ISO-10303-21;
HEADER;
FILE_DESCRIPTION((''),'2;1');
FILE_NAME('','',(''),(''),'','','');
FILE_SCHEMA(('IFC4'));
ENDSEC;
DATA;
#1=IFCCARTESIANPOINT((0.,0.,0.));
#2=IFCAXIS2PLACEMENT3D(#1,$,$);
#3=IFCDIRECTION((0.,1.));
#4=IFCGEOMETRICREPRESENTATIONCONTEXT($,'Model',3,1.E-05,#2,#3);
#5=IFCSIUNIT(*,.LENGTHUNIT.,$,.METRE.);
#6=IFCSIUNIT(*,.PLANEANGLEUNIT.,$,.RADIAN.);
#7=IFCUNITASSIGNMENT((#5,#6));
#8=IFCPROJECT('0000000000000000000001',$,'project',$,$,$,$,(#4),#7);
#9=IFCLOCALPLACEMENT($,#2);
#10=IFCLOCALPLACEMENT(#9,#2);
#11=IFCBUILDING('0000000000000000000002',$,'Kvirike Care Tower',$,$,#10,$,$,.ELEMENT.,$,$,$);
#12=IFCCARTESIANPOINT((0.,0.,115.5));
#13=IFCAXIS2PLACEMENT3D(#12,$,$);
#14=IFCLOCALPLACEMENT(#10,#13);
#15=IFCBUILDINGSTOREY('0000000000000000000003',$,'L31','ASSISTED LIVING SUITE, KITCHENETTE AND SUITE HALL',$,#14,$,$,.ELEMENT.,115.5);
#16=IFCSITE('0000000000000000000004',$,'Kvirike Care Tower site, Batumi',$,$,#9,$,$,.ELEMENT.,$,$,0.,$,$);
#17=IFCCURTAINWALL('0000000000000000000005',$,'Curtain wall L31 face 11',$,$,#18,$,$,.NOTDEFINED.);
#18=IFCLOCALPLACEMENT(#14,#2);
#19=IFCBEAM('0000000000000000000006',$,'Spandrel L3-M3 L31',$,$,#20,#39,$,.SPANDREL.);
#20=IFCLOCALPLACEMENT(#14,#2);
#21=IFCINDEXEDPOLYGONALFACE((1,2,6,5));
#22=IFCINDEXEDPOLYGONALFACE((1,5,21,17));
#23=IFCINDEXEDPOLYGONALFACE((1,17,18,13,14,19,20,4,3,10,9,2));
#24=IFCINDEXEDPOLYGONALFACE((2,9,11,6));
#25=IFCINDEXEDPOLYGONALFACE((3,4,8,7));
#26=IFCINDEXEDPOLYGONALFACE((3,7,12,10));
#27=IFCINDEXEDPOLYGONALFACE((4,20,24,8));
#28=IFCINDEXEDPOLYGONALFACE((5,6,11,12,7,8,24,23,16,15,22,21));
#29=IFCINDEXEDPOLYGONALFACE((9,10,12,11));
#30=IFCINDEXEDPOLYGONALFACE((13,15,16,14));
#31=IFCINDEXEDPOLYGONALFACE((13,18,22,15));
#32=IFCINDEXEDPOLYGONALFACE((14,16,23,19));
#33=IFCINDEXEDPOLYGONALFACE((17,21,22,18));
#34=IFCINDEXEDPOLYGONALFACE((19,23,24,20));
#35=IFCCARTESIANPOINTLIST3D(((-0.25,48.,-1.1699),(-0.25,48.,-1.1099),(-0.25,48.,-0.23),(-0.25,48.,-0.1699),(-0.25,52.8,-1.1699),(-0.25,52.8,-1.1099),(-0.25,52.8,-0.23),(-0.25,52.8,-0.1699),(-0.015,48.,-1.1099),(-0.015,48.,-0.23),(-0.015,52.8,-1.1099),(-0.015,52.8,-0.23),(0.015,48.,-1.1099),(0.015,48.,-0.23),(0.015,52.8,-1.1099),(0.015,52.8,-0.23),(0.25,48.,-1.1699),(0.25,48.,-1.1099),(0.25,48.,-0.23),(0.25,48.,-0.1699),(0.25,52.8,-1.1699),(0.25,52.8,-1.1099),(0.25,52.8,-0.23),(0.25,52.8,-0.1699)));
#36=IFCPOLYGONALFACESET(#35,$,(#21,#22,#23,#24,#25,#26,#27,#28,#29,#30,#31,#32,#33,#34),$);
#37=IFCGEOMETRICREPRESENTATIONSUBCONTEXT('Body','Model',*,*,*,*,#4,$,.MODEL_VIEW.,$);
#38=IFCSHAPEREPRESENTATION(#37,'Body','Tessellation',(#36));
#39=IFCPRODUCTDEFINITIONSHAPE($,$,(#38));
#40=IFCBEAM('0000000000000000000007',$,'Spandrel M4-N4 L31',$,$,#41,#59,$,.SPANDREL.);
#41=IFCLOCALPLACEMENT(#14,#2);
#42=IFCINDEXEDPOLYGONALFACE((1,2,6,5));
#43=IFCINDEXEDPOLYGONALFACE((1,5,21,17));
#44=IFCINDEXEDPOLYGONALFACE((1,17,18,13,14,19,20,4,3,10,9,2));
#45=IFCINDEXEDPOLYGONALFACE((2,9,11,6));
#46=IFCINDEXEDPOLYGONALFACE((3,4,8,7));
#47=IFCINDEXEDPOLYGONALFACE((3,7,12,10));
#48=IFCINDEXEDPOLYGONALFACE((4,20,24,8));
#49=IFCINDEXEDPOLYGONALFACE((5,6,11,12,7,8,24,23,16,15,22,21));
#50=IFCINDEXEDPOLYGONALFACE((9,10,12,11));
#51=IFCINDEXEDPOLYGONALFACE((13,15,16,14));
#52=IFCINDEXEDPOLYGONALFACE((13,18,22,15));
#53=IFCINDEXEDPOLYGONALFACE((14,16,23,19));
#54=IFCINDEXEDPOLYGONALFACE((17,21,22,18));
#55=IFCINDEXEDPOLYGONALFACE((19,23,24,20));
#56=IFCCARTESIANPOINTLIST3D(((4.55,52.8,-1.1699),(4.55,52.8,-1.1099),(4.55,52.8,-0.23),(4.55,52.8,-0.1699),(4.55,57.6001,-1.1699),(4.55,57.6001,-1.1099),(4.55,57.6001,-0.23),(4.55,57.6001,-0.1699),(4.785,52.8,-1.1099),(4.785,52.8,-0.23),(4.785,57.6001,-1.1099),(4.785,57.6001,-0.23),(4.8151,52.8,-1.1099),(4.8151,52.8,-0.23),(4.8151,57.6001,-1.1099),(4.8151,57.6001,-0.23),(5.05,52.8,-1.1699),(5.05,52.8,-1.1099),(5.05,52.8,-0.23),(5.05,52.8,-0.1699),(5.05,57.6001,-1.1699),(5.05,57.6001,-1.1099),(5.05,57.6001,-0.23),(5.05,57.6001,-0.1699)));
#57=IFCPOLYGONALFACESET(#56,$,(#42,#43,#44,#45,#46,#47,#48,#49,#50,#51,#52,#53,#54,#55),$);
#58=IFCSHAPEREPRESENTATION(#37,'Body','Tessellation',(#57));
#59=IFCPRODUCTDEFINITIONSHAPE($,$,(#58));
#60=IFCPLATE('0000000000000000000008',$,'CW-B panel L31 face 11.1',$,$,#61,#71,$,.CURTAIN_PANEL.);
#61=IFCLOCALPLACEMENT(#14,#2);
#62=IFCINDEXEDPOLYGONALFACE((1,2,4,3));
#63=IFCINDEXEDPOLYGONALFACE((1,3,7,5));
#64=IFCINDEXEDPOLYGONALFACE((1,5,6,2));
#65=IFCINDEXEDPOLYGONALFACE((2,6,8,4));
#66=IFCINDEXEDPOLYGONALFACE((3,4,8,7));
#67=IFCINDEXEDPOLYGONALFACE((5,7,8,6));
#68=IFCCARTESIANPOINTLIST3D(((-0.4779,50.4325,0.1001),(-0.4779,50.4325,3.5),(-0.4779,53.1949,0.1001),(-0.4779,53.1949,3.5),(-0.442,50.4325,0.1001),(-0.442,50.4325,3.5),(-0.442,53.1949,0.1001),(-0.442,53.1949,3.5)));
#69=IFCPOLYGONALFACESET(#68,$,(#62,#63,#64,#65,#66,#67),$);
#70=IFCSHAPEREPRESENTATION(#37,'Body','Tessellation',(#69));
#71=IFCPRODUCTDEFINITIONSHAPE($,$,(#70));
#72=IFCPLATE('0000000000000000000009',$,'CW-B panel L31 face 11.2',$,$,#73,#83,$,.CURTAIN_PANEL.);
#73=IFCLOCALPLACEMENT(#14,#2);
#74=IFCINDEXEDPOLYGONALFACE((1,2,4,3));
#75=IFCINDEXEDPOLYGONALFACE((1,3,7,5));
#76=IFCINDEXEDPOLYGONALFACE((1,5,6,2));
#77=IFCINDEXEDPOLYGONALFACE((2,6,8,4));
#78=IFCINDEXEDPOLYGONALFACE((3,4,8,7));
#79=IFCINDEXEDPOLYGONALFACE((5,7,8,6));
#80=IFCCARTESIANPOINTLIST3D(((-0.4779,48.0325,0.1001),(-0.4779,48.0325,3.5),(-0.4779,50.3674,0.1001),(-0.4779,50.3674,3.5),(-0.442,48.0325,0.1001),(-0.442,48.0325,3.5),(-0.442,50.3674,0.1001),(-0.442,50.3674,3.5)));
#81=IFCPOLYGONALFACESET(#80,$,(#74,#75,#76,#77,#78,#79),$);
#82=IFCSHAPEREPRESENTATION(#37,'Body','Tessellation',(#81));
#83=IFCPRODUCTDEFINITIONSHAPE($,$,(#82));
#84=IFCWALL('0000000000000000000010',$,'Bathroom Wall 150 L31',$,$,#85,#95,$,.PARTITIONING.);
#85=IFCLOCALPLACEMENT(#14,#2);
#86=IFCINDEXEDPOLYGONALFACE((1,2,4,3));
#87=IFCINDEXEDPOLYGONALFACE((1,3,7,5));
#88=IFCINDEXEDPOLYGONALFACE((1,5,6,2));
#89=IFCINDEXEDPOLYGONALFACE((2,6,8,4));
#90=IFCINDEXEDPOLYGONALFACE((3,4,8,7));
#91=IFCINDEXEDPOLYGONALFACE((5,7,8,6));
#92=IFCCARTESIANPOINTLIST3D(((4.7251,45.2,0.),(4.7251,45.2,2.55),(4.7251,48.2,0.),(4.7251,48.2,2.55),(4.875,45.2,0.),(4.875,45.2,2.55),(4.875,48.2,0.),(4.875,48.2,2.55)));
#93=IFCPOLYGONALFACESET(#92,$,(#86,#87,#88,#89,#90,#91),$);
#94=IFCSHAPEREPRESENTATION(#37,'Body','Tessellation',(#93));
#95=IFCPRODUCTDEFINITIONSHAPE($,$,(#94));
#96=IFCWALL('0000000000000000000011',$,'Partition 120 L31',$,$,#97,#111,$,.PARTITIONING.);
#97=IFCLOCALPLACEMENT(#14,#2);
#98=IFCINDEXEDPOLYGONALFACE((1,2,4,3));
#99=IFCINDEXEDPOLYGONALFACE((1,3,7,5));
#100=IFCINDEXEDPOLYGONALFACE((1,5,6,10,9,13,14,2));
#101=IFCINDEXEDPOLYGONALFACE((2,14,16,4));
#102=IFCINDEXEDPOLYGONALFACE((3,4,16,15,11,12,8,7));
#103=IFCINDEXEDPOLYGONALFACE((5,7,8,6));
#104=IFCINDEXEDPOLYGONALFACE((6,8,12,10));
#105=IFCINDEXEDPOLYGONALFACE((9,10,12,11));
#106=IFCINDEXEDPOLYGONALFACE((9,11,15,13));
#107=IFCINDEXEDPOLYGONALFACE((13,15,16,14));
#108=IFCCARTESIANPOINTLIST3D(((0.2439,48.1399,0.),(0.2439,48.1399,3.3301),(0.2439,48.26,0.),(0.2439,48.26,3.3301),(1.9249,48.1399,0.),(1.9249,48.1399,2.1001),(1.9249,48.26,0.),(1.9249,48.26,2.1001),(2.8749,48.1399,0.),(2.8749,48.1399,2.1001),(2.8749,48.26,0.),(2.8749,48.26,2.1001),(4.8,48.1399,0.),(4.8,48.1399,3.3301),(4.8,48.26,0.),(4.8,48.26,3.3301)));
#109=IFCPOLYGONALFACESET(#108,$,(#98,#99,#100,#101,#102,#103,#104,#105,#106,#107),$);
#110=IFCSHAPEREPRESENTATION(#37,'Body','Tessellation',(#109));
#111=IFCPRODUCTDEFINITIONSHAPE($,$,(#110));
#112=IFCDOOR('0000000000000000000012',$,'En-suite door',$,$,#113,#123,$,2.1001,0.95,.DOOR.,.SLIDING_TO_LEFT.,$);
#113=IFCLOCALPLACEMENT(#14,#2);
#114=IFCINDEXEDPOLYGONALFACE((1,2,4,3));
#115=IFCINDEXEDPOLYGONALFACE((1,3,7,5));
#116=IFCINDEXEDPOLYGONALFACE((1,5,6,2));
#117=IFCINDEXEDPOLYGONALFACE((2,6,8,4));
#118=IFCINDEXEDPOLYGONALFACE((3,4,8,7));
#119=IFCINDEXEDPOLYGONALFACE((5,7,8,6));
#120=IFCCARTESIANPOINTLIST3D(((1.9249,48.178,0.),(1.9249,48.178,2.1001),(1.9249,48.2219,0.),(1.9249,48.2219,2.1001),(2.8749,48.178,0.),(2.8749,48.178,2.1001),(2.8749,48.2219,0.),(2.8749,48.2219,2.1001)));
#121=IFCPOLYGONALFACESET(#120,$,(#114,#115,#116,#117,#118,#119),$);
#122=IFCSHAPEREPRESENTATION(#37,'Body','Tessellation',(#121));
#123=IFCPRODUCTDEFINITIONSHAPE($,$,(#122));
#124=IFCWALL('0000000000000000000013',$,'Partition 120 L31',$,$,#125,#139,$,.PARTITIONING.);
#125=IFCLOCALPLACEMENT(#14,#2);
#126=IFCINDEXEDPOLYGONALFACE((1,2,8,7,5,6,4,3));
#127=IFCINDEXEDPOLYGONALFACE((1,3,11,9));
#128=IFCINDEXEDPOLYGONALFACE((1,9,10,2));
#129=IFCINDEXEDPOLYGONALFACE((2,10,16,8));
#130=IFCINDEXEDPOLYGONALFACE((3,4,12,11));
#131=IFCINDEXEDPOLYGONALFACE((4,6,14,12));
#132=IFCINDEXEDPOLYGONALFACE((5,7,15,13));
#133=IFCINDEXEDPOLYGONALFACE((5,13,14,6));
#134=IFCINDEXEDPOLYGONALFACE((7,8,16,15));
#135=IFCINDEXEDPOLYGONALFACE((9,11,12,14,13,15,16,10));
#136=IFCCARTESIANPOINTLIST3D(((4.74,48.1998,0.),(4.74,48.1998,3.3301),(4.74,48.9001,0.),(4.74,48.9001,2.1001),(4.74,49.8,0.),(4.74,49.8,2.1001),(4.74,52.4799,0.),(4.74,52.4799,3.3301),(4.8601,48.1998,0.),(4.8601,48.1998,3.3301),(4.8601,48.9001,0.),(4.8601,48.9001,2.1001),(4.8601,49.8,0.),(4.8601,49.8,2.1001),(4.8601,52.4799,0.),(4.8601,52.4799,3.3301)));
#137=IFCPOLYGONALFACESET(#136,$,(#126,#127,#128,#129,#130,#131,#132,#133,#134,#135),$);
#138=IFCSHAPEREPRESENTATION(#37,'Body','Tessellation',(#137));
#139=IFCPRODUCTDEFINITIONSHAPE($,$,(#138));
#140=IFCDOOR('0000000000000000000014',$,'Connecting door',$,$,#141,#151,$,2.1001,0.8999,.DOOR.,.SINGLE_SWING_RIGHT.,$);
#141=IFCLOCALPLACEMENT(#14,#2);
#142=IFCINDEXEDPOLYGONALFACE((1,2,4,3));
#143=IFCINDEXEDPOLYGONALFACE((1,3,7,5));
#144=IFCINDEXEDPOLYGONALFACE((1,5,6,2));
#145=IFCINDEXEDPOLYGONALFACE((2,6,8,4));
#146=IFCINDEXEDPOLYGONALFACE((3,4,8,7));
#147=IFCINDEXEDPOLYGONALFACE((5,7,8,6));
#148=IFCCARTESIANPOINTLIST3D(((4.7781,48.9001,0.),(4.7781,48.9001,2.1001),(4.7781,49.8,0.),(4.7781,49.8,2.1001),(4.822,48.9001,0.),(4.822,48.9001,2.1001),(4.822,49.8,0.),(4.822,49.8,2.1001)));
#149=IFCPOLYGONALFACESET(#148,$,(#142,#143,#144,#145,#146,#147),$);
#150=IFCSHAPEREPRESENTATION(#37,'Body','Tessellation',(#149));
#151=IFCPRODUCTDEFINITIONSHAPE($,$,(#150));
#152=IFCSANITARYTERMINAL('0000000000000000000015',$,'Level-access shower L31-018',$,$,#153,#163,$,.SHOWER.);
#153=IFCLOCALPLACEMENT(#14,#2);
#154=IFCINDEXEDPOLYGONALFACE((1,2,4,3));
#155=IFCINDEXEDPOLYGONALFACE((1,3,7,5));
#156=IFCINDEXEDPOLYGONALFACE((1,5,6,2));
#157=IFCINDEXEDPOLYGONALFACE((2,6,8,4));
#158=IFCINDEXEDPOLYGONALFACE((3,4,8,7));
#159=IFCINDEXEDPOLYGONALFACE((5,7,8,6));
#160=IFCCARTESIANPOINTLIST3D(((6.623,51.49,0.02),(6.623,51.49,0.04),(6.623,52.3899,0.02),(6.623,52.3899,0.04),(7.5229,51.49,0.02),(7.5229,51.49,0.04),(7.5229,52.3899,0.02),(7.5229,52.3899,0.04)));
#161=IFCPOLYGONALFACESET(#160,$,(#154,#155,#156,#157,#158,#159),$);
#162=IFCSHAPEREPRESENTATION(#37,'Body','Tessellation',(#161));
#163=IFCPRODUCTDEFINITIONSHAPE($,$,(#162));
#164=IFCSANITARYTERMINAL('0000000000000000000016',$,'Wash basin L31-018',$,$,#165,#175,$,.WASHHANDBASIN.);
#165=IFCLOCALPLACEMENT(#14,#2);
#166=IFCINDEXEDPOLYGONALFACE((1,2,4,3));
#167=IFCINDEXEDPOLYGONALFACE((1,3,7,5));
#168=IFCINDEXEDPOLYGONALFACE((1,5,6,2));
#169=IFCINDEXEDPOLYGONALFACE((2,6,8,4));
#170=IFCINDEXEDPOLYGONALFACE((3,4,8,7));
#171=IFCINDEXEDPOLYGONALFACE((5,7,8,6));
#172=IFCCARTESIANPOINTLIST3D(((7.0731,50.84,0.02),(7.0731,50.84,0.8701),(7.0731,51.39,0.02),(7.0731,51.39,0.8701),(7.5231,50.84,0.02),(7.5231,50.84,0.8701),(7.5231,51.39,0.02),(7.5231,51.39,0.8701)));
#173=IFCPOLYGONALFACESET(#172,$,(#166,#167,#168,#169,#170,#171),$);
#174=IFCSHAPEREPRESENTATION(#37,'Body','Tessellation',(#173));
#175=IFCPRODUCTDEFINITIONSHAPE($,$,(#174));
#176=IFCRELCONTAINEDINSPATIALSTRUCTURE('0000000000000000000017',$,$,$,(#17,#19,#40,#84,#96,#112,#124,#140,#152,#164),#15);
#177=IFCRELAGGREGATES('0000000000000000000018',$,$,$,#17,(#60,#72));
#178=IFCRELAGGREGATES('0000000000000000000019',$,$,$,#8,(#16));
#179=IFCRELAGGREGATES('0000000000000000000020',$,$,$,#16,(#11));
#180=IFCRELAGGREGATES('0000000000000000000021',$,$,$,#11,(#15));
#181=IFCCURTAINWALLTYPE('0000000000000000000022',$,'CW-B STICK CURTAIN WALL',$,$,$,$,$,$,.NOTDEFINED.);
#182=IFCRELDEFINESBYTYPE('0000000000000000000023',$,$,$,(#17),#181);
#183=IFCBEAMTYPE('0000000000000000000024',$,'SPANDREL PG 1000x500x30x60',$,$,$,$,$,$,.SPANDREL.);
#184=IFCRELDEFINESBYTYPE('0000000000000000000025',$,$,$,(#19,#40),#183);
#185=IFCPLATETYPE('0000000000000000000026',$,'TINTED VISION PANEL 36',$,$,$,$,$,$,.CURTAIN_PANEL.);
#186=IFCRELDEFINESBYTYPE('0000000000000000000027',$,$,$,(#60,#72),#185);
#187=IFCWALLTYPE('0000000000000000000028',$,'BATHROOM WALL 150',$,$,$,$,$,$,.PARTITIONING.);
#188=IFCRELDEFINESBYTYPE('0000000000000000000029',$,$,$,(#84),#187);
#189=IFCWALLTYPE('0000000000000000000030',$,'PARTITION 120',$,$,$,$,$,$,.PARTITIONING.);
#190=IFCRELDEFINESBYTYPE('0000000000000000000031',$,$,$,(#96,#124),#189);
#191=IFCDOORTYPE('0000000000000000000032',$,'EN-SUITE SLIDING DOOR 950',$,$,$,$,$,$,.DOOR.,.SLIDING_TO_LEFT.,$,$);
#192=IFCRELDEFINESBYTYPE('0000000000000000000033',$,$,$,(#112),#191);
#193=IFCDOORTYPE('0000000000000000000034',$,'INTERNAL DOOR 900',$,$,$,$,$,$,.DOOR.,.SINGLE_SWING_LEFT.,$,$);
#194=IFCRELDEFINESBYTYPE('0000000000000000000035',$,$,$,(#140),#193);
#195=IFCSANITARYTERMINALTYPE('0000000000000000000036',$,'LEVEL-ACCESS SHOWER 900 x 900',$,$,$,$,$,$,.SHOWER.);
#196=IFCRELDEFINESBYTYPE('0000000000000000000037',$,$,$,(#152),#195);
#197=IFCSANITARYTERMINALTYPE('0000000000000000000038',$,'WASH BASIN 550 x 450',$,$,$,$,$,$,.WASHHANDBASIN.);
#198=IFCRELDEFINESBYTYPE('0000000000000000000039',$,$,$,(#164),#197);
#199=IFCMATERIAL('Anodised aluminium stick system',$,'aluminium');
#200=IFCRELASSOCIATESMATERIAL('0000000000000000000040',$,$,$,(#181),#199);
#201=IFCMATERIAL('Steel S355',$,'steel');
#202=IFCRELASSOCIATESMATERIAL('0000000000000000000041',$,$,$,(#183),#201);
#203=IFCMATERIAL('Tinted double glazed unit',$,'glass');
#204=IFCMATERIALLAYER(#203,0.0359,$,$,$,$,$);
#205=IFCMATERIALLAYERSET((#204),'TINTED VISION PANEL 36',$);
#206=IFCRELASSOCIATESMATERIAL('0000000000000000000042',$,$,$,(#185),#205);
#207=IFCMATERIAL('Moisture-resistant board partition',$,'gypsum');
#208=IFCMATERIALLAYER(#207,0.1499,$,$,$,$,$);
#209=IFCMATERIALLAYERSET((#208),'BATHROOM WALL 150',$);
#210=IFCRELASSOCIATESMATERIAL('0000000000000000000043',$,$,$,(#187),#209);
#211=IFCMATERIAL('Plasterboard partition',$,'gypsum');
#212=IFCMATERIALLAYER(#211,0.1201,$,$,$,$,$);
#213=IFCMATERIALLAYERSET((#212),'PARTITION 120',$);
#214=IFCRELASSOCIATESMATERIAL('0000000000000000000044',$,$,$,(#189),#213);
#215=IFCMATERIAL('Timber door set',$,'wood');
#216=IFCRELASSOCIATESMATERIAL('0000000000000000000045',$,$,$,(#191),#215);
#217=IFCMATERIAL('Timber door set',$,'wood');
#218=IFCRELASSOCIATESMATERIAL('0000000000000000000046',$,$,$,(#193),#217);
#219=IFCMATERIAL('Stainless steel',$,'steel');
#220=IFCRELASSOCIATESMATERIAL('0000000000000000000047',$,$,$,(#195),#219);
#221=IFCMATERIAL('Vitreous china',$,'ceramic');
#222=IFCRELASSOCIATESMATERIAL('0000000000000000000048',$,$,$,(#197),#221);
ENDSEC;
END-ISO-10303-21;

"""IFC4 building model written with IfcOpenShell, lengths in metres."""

from ifc_helpers import new_model, si_unit, direction, frame, frame_2d, origin, origin_2d, place, context, subcontext, project, spatial, rectangle, i_section, extrude, material, layer, layer_set, material_profile, profile_set, type_object, element, fill, aggregate, save


model = new_model("IFC4")

# Units and contexts
model_context = context("Model", 3, precision=1e-05, world=origin(), true_north=direction((0.0, 1.0)))
body_context = subcontext(model_context, "Body", "Model", "MODEL_VIEW")
ifc_project = project(units=[si_unit("LENGTHUNIT", "METRE"), si_unit("PLANEANGLEUNIT", "RADIAN")], contexts=[model_context])

# Site, building, storey
site_placement = place(None, origin())
site = spatial("IfcSite", under=ifc_project, at=site_placement, Name="Kvirike Care Tower site, Batumi", CompositionType="ELEMENT", RefElevation=0.0)
building_placement = place(site_placement, origin())
building = spatial("IfcBuilding", under=site, at=building_placement, Name="Kvirike Care Tower", CompositionType="ELEMENT")
storey_placement = place(building_placement, frame((0.0, 0.0, 115.5)))
storey = spatial("IfcBuildingStorey", under=building, at=storey_placement, Name="L31", Description="ASSISTED LIVING SUITE, KITCHENETTE AND SUITE HALL", CompositionType="ELEMENT", Elevation=115.5)

# Shared definitions
ifc_material_1 = material(Name="Anodised aluminium stick system", Category="aluminium")
curtain_wall_type = type_object("IfcCurtainWallType", Name="CW-B STICK CURTAIN WALL", PredefinedType="NOTDEFINED", material=ifc_material_1)

# Curtain wall
curtain_wall_1_placement = place(storey_placement, origin())
curtain_wall_1 = element("IfcCurtainWall", 1, at=curtain_wall_1_placement, inside=storey, type_object=curtain_wall_type, Name="Curtain wall L31 face 11", PredefinedType="NOTDEFINED")

# Beams
ifc_material_2 = material(Name="Steel S355", Category="steel")
ifc_material_profile_1 = material_profile(ifc_material_2, i_section(OverallWidth=0.5, OverallDepth=1.0, WebThickness=0.03, FlangeThickness=0.0601, at=origin_2d()), Name="PG 1000x500x30x60")
ifc_profile_set_1 = profile_set([ifc_material_profile_1], Name="Steel S355")
beam_type_1 = type_object("IfcBeamType", Name="SPANDREL PG 1000x500x30x60", PredefinedType="SPANDREL", material=ifc_profile_set_1)
for number, where, z_axis, x_axis, name in (
    (2, (0.0, 48.0, -0.6699), (0.0, 1.0, 0.0), (-1.0, 0.0, 0.0), "Spandrel L3-M3 L31"),
    (3, (4.8, 52.8, -0.6699), (0.0, 1.0, 0.0), (-1.0, 0.0, 0.0), "Spandrel M4-N4 L31"),
):
    element("IfcBeam", number, at=place(storey_placement, frame(where, z_axis=z_axis, x_axis=x_axis)), inside=storey, type_object=beam_type_1, Name=name, PredefinedType="SPANDREL", context=body_context, shape_type="SweptSolid", body=[
        extrude(i_section(OverallWidth=0.5, OverallDepth=1.0, WebThickness=0.03, FlangeThickness=0.0601, at=origin_2d()), origin(), (0.0, 0.0, 1.0), 4.8),
    ])

# Plates
ifc_material_3 = material(Name="Tinted double glazed unit", Category="glass")
ifc_layer_1 = layer(ifc_material_3, 0.0359)
ifc_layer_set_1 = layer_set([ifc_layer_1], Name="TINTED VISION PANEL 36")
plate_type = type_object("IfcPlateType", Name="TINTED VISION PANEL 36", PredefinedType="CURTAIN_PANEL", material=ifc_layer_set_1)
plate_1_placement = place(storey_placement, frame((-0.46, 51.8137, 0.1001), z_axis=(0.0, 0.0, 1.0), x_axis=(0.0, -1.0, 0.0)))
plate_1 = element("IfcPlate", 4, at=plate_1_placement, type_object=plate_type, Name="CW-B panel L31 face 11.1", PredefinedType="CURTAIN_PANEL", context=body_context, shape_type="SweptSolid", body=[
    extrude(rectangle(XDim=2.7625, YDim=0.0359, at=origin_2d()), origin(), (0.0, 0.0, 1.0), 3.3999),
])
plate_2_placement = place(storey_placement, frame((-0.46, 49.2, 0.1001), z_axis=(0.0, 0.0, 1.0), x_axis=(0.0, -1.0, 0.0)))
plate_2 = element("IfcPlate", 5, at=plate_2_placement, type_object=plate_type, Name="CW-B panel L31 face 11.2", PredefinedType="CURTAIN_PANEL", context=body_context, shape_type="SweptSolid", body=[
    extrude(rectangle(XDim=2.335, YDim=0.0359, at=origin_2d()), origin(), (0.0, 0.0, 1.0), 3.3999),
])
aggregate(curtain_wall_1, [plate_1, plate_2])

# Wall
ifc_material_4 = material(Name="Moisture-resistant board partition", Category="gypsum")
ifc_layer_2 = layer(ifc_material_4, 0.1499)
ifc_layer_set_2 = layer_set([ifc_layer_2], Name="BATHROOM WALL 150")
wall_type_1 = type_object("IfcWallType", Name="BATHROOM WALL 150", PredefinedType="PARTITIONING", material=ifc_layer_set_2)
wall_1_placement = place(storey_placement, frame((4.8, 48.2, 0.0), z_axis=(0.0, 0.0, 1.0), x_axis=(0.0, -1.0, 0.0)))
element("IfcWall", 6, at=wall_1_placement, inside=storey, type_object=wall_type_1, Name="Bathroom Wall 150 L31", PredefinedType="PARTITIONING", context=body_context, shape_type="SweptSolid", body=[
    extrude(rectangle(XDim=3.0, YDim=0.1499, at=frame_2d((1.5, 0.0))), origin(), (0.0, 0.0, 1.0), 2.55),
])

# Walls, openings, doors
ifc_material_5 = material(Name="Plasterboard partition", Category="gypsum")
ifc_layer_3 = layer(ifc_material_5, 0.1201)
ifc_layer_set_3 = layer_set([ifc_layer_3], Name="PARTITION 120")
wall_type_2 = type_object("IfcWallType", Name="PARTITION 120", PredefinedType="PARTITIONING", material=ifc_layer_set_3)
wall_2_placement = place(storey_placement, frame((4.8, 48.2, 0.0), z_axis=(0.0, 0.0, 1.0), x_axis=(-1.0, 0.0, 0.0)))
wall_2 = element("IfcWall", 7, at=wall_2_placement, inside=storey, type_object=wall_type_2, Name="Partition 120 L31", PredefinedType="PARTITIONING", context=body_context, shape_type="SweptSolid", body=[
    extrude(rectangle(XDim=4.5562, YDim=0.1201, at=frame_2d((2.2781, 0.0))), origin(), (0.0, 0.0, 1.0), 3.3301),
])
opening_1_placement = place(wall_2_placement, frame((1.925, 0.0, 0.0)))
opening_1 = element("IfcOpeningElement", 8, at=opening_1_placement, cuts=wall_2, PredefinedType="OPENING", context=body_context, shape_type="SweptSolid", body=[
    extrude(rectangle(XDim=0.95, YDim=2.1001, at=frame_2d((0.4751, 1.05))), frame((0.0, 0.0706, 0.0), z_axis=(0.0, -1.0, 0.0), x_axis=(1.0, 0.0, 0.0)), (0.0, 0.0, 1.0), 0.1411),
])
ifc_material_6 = material(Name="Timber door set", Category="wood")
door_type_1 = type_object("IfcDoorType", Name="EN-SUITE SLIDING DOOR 950", OperationType="SLIDING_TO_LEFT", PredefinedType="DOOR", material=ifc_material_6)
door_1_placement = place(opening_1_placement, origin())
door_1 = element("IfcDoor", 9, at=door_1_placement, inside=storey, type_object=door_type_1, Name="En-suite door", OperationType="SLIDING_TO_LEFT", OverallHeight=2.1001, OverallWidth=0.95, PredefinedType="DOOR", context=body_context, shape_type="SweptSolid", body=[
    extrude(rectangle(XDim=0.95, YDim=2.1001, at=frame_2d((0.4751, 1.05))), frame((0.0, 0.022, 0.0), z_axis=(0.0, -1.0, 0.0), x_axis=(1.0, 0.0, 0.0)), (0.0, 0.0, 1.0), 0.0439),
])
fill(opening_1, door_1)
wall_3_placement = place(storey_placement, frame((4.8, 52.48, 0.0), z_axis=(0.0, 0.0, 1.0), x_axis=(0.0, -1.0, 0.0)))
wall_3 = element("IfcWall", 10, at=wall_3_placement, inside=storey, type_object=wall_type_2, Name="Partition 120 L31", PredefinedType="PARTITIONING", context=body_context, shape_type="SweptSolid", body=[
    extrude(rectangle(XDim=4.28, YDim=0.1201, at=frame_2d((2.1401, 0.0))), origin(), (0.0, 0.0, 1.0), 3.3301),
])
opening_2_placement = place(wall_3_placement, frame((2.6799, 0.0, 0.0)))
opening_2 = element("IfcOpeningElement", 11, at=opening_2_placement, cuts=wall_3, PredefinedType="OPENING", context=body_context, shape_type="SweptSolid", body=[
    extrude(rectangle(XDim=0.8999, YDim=2.1001, at=frame_2d((0.45, 1.05))), frame((0.0, 0.0706, 0.0), z_axis=(0.0, -1.0, 0.0), x_axis=(1.0, 0.0, 0.0)), (0.0, 0.0, 1.0), 0.1411),
])
ifc_material_7 = material(Name="Timber door set", Category="wood")
door_type_2 = type_object("IfcDoorType", Name="INTERNAL DOOR 900", OperationType="SINGLE_SWING_LEFT", PredefinedType="DOOR", material=ifc_material_7)
door_2_placement = place(opening_2_placement, frame((0.8999, 0.0, 0.0), z_axis=(0.0, 0.0, 1.0), x_axis=(-1.0, 0.0, 0.0)))
door_2 = element("IfcDoor", 12, at=door_2_placement, inside=storey, type_object=door_type_2, Name="Connecting door", OperationType="SINGLE_SWING_RIGHT", OverallHeight=2.1001, OverallWidth=0.8999, PredefinedType="DOOR", context=body_context, shape_type="SweptSolid", body=[
    extrude(rectangle(XDim=0.8999, YDim=2.1001, at=frame_2d((0.45, 1.05))), frame((0.0, 0.022, 0.0), z_axis=(0.0, -1.0, 0.0), x_axis=(1.0, 0.0, 0.0)), (0.0, 0.0, 1.0), 0.0439),
])
fill(opening_2, door_2)

# Sanitary terminals
ifc_material_8 = material(Name="Stainless steel", Category="steel")
sanitary_terminal_type_1 = type_object("IfcSanitaryTerminalType", Name="LEVEL-ACCESS SHOWER 900 x 900", PredefinedType="SHOWER", material=ifc_material_8)
sanitary_terminal_1_placement = place(storey_placement, frame((7.073, 51.9399, 0.02), z_axis=(0.0, 0.0, 1.0), x_axis=(0.0, -1.0, 0.0)))
element("IfcSanitaryTerminal", 13, at=sanitary_terminal_1_placement, inside=storey, type_object=sanitary_terminal_type_1, Name="Level-access shower L31-018", PredefinedType="SHOWER", context=body_context, shape_type="SweptSolid", body=[
    extrude(rectangle(XDim=0.8999, YDim=0.8999, at=origin_2d()), origin(), (0.0, 0.0, 1.0), 0.02),
])
ifc_material_9 = material(Name="Vitreous china", Category="ceramic")
sanitary_terminal_type_2 = type_object("IfcSanitaryTerminalType", Name="WASH BASIN 550 x 450", PredefinedType="WASHHANDBASIN", material=ifc_material_9)
sanitary_terminal_2_placement = place(storey_placement, frame((7.2981, 51.115, 0.02), z_axis=(0.0, 0.0, 1.0), x_axis=(0.0, -1.0, 0.0)))
element("IfcSanitaryTerminal", 14, at=sanitary_terminal_2_placement, inside=storey, type_object=sanitary_terminal_type_2, Name="Wash basin L31-018", PredefinedType="WASHHANDBASIN", context=body_context, shape_type="SweptSolid", body=[
    extrude(rectangle(XDim=0.55, YDim=0.45, at=origin_2d()), origin(), (0.0, 0.0, 1.0), 0.8501),
])

save(model, "model.ifc")
